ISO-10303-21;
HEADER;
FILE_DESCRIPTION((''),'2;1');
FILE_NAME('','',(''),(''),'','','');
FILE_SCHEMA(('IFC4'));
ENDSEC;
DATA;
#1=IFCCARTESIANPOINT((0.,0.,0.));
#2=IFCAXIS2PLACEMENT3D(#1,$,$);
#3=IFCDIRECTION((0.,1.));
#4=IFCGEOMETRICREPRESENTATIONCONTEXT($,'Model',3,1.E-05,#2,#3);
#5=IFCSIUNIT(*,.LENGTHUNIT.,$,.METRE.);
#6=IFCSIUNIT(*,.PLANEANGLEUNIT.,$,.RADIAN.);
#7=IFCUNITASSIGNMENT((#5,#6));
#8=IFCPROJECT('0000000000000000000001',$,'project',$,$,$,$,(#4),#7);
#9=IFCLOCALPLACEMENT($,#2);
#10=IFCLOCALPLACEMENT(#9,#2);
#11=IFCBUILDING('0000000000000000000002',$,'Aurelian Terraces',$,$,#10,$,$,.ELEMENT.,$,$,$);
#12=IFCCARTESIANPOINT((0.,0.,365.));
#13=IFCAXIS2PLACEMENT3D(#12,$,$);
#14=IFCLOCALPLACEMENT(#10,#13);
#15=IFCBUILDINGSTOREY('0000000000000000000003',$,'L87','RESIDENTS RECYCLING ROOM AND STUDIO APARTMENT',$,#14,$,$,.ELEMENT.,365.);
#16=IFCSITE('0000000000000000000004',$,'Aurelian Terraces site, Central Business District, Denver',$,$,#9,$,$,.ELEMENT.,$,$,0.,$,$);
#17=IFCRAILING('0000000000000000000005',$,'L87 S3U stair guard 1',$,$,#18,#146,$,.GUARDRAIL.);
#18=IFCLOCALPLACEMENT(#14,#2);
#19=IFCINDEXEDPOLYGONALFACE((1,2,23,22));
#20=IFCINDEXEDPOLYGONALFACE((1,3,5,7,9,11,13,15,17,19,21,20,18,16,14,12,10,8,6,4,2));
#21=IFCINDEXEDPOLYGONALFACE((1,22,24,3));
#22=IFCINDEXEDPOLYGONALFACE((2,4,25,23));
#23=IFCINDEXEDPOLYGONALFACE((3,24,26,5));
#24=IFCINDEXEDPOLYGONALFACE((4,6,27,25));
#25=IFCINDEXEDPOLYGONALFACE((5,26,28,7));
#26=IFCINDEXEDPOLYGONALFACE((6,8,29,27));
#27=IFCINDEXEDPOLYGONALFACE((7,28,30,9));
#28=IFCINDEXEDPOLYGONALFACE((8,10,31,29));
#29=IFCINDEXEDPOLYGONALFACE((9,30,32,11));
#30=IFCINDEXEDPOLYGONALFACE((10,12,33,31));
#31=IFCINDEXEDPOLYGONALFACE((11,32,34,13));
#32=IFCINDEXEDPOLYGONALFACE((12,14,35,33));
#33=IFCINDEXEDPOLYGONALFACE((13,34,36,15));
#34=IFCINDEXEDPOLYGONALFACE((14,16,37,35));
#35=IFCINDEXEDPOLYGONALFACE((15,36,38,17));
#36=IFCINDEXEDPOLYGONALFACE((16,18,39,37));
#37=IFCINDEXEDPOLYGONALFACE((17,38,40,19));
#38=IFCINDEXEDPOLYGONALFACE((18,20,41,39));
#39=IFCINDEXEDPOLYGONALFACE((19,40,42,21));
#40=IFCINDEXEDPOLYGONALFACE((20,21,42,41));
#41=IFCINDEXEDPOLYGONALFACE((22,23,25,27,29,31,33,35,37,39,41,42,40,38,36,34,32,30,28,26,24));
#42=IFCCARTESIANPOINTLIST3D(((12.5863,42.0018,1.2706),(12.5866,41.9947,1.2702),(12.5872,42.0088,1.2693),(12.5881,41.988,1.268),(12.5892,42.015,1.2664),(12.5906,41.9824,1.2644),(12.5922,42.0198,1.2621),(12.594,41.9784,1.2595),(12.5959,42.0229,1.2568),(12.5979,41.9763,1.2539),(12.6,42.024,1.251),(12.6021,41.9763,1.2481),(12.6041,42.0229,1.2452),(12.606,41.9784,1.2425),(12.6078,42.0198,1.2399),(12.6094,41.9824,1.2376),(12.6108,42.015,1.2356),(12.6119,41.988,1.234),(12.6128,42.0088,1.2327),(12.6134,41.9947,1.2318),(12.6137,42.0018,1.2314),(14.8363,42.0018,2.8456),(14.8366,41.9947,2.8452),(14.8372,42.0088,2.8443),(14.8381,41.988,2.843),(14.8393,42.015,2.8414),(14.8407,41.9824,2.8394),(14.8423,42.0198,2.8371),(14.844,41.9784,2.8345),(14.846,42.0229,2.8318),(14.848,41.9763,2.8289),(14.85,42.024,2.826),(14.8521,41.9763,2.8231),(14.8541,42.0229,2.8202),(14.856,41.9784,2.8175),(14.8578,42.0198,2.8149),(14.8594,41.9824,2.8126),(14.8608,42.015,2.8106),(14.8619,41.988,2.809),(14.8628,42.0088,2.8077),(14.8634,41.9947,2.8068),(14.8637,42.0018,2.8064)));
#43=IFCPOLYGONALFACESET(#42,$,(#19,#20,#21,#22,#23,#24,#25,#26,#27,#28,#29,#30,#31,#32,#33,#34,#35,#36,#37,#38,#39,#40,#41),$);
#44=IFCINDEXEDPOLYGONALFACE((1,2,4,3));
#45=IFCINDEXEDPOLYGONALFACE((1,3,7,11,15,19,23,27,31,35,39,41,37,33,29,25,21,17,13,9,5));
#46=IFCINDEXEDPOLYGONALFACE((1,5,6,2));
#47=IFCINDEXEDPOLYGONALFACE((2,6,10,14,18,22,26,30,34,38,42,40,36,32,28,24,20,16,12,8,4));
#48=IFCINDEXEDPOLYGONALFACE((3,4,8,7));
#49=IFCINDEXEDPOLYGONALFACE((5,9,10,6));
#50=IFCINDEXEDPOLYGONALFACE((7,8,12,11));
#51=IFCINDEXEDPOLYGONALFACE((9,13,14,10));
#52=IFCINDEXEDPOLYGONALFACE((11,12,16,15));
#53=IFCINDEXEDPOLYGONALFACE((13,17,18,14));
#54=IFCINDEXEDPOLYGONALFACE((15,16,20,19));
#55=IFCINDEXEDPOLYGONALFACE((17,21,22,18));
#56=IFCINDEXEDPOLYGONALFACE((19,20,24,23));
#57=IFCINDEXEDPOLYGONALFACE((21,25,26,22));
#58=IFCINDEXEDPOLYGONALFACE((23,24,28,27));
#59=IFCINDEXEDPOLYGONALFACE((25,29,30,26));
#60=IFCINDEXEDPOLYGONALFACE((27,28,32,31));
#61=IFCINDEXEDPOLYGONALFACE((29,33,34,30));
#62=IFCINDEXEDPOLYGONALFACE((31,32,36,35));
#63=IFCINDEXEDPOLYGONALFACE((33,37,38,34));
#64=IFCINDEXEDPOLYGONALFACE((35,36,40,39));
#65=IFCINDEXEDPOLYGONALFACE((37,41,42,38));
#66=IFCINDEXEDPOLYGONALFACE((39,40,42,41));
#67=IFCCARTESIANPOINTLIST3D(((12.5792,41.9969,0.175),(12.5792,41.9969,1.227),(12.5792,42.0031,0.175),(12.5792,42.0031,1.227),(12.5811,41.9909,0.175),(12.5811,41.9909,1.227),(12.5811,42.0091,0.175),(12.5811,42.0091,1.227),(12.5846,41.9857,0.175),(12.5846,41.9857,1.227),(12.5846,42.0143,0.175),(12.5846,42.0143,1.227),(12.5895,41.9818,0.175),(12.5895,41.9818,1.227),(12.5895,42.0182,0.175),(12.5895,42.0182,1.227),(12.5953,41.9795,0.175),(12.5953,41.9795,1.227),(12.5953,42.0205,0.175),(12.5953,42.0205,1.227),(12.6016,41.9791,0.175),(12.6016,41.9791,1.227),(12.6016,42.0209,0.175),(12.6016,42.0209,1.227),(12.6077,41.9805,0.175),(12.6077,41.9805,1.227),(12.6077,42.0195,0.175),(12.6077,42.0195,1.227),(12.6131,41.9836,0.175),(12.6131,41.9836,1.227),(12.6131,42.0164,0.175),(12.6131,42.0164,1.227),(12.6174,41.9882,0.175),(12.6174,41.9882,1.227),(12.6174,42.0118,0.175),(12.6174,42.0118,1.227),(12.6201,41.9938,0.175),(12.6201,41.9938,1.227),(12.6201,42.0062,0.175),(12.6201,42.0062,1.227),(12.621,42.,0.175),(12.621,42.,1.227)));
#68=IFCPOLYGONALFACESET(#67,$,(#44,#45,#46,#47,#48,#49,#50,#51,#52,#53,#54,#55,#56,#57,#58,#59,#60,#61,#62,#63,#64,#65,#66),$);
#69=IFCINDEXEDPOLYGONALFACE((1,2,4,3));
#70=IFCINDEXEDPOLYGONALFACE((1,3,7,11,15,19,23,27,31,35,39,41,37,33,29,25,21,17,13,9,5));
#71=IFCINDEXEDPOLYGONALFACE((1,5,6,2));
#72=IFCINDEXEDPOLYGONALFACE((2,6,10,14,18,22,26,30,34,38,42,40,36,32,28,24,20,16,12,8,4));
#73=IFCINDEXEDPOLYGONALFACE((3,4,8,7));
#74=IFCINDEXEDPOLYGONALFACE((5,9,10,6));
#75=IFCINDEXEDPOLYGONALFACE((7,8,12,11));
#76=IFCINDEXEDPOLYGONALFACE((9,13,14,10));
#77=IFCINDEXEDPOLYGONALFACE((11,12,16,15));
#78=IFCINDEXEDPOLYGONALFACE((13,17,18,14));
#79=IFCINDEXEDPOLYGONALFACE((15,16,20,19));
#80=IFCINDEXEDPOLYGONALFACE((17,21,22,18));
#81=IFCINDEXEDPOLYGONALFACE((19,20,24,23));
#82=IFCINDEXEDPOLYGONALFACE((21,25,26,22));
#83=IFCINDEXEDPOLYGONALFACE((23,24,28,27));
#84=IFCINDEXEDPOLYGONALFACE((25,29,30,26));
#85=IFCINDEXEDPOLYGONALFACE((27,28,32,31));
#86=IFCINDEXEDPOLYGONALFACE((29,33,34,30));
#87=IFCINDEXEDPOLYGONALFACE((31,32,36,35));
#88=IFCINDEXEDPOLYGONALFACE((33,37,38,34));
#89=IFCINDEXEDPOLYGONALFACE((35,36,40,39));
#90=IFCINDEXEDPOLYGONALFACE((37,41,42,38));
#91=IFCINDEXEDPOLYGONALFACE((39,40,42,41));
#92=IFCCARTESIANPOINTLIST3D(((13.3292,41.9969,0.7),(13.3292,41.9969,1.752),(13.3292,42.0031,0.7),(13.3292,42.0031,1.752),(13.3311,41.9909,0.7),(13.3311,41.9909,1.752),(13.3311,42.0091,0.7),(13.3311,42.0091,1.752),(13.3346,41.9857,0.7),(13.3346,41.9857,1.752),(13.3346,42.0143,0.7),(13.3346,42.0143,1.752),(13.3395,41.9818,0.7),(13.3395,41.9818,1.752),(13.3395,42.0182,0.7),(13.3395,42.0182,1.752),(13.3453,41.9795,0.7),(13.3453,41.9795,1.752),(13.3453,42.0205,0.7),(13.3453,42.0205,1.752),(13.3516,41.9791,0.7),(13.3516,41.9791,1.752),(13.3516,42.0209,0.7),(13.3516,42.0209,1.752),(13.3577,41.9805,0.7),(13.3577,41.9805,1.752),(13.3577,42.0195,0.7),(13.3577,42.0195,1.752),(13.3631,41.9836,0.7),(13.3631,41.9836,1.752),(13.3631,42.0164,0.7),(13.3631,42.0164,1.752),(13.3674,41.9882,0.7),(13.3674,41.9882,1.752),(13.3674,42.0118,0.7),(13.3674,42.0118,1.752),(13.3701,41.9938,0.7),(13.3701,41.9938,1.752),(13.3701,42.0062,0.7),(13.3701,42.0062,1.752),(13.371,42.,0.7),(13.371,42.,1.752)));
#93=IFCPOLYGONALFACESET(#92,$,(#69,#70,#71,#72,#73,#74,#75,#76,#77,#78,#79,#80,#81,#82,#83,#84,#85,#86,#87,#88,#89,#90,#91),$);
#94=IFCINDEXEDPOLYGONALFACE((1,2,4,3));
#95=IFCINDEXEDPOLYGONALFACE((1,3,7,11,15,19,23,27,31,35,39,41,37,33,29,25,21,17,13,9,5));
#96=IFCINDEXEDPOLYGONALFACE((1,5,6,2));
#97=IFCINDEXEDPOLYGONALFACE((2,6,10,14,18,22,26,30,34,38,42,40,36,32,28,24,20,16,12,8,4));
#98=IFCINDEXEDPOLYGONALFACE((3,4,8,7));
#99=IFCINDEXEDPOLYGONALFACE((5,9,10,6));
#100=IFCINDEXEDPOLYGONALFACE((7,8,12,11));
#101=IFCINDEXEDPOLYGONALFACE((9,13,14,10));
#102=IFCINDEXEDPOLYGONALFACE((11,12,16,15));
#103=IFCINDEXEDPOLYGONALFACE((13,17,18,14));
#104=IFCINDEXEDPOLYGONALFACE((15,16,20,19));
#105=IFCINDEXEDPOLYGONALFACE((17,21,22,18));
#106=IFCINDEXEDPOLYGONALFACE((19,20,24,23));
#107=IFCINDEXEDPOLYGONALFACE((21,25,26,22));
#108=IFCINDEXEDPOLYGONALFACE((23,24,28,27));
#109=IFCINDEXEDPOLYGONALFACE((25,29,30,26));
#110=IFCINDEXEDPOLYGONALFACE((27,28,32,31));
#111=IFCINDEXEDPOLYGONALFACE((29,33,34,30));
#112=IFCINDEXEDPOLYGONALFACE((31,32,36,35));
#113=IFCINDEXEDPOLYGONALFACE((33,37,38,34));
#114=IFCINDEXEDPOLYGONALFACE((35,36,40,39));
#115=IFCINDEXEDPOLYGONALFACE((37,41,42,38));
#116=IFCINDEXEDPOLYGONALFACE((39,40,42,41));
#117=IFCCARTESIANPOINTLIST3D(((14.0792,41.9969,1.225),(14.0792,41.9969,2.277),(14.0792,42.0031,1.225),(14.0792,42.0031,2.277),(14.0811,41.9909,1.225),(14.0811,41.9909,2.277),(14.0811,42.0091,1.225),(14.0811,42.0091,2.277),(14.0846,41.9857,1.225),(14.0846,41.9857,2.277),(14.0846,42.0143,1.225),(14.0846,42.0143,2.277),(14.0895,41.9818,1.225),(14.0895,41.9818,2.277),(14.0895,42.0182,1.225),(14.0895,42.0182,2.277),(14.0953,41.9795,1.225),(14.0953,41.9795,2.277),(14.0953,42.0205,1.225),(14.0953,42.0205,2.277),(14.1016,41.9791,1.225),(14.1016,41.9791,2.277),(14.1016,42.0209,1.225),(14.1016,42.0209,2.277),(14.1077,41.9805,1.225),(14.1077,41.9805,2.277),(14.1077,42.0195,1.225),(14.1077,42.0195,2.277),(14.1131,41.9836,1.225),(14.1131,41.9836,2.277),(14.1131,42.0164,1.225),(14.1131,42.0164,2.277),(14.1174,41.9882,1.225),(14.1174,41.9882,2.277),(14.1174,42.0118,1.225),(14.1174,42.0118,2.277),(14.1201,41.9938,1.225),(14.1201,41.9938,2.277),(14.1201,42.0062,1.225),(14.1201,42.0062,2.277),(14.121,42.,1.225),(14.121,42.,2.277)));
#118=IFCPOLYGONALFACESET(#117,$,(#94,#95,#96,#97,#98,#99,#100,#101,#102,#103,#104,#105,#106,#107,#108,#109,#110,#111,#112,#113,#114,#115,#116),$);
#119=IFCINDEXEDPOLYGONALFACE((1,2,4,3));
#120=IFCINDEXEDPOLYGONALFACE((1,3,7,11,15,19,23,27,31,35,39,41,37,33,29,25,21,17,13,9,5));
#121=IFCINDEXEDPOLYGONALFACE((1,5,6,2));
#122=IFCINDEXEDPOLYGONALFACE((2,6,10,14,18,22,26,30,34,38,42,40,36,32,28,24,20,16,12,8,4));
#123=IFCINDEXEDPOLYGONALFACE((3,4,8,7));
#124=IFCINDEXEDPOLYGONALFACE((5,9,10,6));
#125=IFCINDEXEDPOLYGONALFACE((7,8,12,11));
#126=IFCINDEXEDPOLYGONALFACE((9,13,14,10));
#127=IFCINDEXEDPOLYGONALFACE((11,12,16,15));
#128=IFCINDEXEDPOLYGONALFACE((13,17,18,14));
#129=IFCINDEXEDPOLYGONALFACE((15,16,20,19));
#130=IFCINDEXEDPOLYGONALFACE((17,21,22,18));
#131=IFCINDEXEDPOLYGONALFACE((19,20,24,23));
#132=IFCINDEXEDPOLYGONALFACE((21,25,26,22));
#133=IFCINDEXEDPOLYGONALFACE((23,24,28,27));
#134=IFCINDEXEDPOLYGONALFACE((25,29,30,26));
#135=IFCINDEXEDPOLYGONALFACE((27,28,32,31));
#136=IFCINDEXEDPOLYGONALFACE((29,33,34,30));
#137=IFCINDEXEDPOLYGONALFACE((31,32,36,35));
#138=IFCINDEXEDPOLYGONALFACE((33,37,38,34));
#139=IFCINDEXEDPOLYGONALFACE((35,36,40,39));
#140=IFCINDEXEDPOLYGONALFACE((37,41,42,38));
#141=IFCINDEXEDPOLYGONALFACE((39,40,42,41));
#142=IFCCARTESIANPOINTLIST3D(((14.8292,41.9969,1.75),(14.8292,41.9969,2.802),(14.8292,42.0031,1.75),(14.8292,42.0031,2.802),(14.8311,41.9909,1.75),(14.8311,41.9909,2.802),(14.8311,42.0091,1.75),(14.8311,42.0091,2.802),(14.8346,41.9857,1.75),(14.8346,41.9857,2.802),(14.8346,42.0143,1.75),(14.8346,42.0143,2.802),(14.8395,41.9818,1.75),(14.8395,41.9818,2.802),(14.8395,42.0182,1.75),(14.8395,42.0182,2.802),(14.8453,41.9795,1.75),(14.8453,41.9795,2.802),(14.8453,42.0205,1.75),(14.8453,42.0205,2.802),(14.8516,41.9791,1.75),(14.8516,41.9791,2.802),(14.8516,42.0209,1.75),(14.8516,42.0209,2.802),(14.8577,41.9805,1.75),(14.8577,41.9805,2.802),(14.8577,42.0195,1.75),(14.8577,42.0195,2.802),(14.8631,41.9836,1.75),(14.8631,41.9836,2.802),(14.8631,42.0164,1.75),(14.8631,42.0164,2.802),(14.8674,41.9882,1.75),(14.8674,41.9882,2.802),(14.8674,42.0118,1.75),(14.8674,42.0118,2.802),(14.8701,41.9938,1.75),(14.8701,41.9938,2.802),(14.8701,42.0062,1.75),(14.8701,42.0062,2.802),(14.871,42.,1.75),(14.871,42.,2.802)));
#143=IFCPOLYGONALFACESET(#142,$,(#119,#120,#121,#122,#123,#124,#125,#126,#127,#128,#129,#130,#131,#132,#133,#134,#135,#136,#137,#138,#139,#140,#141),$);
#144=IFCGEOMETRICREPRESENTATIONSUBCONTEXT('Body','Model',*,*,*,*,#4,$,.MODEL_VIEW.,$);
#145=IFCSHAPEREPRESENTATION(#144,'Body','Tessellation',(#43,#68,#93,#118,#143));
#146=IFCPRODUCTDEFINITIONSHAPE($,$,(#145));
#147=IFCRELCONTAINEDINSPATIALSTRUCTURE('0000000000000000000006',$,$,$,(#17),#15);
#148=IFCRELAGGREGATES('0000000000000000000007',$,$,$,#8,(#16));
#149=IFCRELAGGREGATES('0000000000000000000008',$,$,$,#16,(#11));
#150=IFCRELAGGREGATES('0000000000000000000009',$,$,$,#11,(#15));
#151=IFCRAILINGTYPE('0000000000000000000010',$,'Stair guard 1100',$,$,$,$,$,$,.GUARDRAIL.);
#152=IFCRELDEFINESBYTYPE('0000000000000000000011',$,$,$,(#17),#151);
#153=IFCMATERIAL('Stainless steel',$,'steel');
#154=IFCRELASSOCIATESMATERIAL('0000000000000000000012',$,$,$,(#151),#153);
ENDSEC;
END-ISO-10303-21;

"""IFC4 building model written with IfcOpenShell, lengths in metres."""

from ifc_helpers import new_model, si_unit, direction, frame, origin, origin_2d, place, context, subcontext, project, spatial, circle, extrude, source, transform, mapped, material, type_object, element, save


model = new_model("IFC4")

# Units and contexts
model_context = context("Model", 3, precision=1e-05, world=origin(), true_north=direction((0.0, 1.0)))
body_context = subcontext(model_context, "Body", "Model", "MODEL_VIEW")
ifc_project = project(units=[si_unit("LENGTHUNIT", "METRE"), si_unit("PLANEANGLEUNIT", "RADIAN")], contexts=[model_context])

# Site, building, storey
site_placement = place(None, origin())
site = spatial("IfcSite", under=ifc_project, at=site_placement, Name="Aurelian Terraces site, Central Business District, Denver", CompositionType="ELEMENT", RefElevation=0.0)
building_placement = place(site_placement, origin())
building = spatial("IfcBuilding", under=site, at=building_placement, Name="Aurelian Terraces", CompositionType="ELEMENT")
storey_placement = place(building_placement, frame((0.0, 0.0, 365.0)))
storey = spatial("IfcBuildingStorey", under=building, at=storey_placement, Name="L87", Description="RESIDENTS RECYCLING ROOM AND STUDIO APARTMENT", CompositionType="ELEMENT", Elevation=365.0)

# Railing
ifc_material_1 = material(Name="Stainless steel", Category="steel")
railing_type_1 = type_object("IfcRailingType", Name="Stair guard 1100", PredefinedType="GUARDRAIL", material=ifc_material_1)
shared_shape_1 = source(origin(), body_context, "Body", "SweptSolid", [
    extrude(circle(Radius=0.024, at=origin_2d()), frame((0.0, 0.0, 1.076), z_axis=(0.819232, 0.0, 0.573462), x_axis=(0.0, 1.0, 0.0)), (0.0, 0.0, 1.0), 2.7465),
    extrude(circle(Radius=0.021, at=origin_2d()), origin(), (0.0, 0.0, 1.0), 1.052),
    extrude(circle(Radius=0.021, at=origin_2d()), frame((0.75, 0.0, 0.525)), (0.0, 0.0, 1.0), 1.052),
    extrude(circle(Radius=0.021, at=origin_2d()), frame((1.5, 0.0, 1.05)), (0.0, 0.0, 1.0), 1.052),
    extrude(circle(Radius=0.021, at=origin_2d()), frame((2.25, 0.0, 1.575)), (0.0, 0.0, 1.0), 1.052),
])
railing_1_placement = place(storey_placement, frame((12.6, 42.0, 0.175)))
element("IfcRailing", 1, at=railing_1_placement, inside=storey, type_object=railing_type_1, Name="L87 S3U stair guard 1", PredefinedType="GUARDRAIL", context=body_context, shape_type="MappedRepresentation", body=[
    mapped(shared_shape_1, transform((0.0, 0.0, 0.0), scale=1.0)),
])

save(model, "model.ifc")
